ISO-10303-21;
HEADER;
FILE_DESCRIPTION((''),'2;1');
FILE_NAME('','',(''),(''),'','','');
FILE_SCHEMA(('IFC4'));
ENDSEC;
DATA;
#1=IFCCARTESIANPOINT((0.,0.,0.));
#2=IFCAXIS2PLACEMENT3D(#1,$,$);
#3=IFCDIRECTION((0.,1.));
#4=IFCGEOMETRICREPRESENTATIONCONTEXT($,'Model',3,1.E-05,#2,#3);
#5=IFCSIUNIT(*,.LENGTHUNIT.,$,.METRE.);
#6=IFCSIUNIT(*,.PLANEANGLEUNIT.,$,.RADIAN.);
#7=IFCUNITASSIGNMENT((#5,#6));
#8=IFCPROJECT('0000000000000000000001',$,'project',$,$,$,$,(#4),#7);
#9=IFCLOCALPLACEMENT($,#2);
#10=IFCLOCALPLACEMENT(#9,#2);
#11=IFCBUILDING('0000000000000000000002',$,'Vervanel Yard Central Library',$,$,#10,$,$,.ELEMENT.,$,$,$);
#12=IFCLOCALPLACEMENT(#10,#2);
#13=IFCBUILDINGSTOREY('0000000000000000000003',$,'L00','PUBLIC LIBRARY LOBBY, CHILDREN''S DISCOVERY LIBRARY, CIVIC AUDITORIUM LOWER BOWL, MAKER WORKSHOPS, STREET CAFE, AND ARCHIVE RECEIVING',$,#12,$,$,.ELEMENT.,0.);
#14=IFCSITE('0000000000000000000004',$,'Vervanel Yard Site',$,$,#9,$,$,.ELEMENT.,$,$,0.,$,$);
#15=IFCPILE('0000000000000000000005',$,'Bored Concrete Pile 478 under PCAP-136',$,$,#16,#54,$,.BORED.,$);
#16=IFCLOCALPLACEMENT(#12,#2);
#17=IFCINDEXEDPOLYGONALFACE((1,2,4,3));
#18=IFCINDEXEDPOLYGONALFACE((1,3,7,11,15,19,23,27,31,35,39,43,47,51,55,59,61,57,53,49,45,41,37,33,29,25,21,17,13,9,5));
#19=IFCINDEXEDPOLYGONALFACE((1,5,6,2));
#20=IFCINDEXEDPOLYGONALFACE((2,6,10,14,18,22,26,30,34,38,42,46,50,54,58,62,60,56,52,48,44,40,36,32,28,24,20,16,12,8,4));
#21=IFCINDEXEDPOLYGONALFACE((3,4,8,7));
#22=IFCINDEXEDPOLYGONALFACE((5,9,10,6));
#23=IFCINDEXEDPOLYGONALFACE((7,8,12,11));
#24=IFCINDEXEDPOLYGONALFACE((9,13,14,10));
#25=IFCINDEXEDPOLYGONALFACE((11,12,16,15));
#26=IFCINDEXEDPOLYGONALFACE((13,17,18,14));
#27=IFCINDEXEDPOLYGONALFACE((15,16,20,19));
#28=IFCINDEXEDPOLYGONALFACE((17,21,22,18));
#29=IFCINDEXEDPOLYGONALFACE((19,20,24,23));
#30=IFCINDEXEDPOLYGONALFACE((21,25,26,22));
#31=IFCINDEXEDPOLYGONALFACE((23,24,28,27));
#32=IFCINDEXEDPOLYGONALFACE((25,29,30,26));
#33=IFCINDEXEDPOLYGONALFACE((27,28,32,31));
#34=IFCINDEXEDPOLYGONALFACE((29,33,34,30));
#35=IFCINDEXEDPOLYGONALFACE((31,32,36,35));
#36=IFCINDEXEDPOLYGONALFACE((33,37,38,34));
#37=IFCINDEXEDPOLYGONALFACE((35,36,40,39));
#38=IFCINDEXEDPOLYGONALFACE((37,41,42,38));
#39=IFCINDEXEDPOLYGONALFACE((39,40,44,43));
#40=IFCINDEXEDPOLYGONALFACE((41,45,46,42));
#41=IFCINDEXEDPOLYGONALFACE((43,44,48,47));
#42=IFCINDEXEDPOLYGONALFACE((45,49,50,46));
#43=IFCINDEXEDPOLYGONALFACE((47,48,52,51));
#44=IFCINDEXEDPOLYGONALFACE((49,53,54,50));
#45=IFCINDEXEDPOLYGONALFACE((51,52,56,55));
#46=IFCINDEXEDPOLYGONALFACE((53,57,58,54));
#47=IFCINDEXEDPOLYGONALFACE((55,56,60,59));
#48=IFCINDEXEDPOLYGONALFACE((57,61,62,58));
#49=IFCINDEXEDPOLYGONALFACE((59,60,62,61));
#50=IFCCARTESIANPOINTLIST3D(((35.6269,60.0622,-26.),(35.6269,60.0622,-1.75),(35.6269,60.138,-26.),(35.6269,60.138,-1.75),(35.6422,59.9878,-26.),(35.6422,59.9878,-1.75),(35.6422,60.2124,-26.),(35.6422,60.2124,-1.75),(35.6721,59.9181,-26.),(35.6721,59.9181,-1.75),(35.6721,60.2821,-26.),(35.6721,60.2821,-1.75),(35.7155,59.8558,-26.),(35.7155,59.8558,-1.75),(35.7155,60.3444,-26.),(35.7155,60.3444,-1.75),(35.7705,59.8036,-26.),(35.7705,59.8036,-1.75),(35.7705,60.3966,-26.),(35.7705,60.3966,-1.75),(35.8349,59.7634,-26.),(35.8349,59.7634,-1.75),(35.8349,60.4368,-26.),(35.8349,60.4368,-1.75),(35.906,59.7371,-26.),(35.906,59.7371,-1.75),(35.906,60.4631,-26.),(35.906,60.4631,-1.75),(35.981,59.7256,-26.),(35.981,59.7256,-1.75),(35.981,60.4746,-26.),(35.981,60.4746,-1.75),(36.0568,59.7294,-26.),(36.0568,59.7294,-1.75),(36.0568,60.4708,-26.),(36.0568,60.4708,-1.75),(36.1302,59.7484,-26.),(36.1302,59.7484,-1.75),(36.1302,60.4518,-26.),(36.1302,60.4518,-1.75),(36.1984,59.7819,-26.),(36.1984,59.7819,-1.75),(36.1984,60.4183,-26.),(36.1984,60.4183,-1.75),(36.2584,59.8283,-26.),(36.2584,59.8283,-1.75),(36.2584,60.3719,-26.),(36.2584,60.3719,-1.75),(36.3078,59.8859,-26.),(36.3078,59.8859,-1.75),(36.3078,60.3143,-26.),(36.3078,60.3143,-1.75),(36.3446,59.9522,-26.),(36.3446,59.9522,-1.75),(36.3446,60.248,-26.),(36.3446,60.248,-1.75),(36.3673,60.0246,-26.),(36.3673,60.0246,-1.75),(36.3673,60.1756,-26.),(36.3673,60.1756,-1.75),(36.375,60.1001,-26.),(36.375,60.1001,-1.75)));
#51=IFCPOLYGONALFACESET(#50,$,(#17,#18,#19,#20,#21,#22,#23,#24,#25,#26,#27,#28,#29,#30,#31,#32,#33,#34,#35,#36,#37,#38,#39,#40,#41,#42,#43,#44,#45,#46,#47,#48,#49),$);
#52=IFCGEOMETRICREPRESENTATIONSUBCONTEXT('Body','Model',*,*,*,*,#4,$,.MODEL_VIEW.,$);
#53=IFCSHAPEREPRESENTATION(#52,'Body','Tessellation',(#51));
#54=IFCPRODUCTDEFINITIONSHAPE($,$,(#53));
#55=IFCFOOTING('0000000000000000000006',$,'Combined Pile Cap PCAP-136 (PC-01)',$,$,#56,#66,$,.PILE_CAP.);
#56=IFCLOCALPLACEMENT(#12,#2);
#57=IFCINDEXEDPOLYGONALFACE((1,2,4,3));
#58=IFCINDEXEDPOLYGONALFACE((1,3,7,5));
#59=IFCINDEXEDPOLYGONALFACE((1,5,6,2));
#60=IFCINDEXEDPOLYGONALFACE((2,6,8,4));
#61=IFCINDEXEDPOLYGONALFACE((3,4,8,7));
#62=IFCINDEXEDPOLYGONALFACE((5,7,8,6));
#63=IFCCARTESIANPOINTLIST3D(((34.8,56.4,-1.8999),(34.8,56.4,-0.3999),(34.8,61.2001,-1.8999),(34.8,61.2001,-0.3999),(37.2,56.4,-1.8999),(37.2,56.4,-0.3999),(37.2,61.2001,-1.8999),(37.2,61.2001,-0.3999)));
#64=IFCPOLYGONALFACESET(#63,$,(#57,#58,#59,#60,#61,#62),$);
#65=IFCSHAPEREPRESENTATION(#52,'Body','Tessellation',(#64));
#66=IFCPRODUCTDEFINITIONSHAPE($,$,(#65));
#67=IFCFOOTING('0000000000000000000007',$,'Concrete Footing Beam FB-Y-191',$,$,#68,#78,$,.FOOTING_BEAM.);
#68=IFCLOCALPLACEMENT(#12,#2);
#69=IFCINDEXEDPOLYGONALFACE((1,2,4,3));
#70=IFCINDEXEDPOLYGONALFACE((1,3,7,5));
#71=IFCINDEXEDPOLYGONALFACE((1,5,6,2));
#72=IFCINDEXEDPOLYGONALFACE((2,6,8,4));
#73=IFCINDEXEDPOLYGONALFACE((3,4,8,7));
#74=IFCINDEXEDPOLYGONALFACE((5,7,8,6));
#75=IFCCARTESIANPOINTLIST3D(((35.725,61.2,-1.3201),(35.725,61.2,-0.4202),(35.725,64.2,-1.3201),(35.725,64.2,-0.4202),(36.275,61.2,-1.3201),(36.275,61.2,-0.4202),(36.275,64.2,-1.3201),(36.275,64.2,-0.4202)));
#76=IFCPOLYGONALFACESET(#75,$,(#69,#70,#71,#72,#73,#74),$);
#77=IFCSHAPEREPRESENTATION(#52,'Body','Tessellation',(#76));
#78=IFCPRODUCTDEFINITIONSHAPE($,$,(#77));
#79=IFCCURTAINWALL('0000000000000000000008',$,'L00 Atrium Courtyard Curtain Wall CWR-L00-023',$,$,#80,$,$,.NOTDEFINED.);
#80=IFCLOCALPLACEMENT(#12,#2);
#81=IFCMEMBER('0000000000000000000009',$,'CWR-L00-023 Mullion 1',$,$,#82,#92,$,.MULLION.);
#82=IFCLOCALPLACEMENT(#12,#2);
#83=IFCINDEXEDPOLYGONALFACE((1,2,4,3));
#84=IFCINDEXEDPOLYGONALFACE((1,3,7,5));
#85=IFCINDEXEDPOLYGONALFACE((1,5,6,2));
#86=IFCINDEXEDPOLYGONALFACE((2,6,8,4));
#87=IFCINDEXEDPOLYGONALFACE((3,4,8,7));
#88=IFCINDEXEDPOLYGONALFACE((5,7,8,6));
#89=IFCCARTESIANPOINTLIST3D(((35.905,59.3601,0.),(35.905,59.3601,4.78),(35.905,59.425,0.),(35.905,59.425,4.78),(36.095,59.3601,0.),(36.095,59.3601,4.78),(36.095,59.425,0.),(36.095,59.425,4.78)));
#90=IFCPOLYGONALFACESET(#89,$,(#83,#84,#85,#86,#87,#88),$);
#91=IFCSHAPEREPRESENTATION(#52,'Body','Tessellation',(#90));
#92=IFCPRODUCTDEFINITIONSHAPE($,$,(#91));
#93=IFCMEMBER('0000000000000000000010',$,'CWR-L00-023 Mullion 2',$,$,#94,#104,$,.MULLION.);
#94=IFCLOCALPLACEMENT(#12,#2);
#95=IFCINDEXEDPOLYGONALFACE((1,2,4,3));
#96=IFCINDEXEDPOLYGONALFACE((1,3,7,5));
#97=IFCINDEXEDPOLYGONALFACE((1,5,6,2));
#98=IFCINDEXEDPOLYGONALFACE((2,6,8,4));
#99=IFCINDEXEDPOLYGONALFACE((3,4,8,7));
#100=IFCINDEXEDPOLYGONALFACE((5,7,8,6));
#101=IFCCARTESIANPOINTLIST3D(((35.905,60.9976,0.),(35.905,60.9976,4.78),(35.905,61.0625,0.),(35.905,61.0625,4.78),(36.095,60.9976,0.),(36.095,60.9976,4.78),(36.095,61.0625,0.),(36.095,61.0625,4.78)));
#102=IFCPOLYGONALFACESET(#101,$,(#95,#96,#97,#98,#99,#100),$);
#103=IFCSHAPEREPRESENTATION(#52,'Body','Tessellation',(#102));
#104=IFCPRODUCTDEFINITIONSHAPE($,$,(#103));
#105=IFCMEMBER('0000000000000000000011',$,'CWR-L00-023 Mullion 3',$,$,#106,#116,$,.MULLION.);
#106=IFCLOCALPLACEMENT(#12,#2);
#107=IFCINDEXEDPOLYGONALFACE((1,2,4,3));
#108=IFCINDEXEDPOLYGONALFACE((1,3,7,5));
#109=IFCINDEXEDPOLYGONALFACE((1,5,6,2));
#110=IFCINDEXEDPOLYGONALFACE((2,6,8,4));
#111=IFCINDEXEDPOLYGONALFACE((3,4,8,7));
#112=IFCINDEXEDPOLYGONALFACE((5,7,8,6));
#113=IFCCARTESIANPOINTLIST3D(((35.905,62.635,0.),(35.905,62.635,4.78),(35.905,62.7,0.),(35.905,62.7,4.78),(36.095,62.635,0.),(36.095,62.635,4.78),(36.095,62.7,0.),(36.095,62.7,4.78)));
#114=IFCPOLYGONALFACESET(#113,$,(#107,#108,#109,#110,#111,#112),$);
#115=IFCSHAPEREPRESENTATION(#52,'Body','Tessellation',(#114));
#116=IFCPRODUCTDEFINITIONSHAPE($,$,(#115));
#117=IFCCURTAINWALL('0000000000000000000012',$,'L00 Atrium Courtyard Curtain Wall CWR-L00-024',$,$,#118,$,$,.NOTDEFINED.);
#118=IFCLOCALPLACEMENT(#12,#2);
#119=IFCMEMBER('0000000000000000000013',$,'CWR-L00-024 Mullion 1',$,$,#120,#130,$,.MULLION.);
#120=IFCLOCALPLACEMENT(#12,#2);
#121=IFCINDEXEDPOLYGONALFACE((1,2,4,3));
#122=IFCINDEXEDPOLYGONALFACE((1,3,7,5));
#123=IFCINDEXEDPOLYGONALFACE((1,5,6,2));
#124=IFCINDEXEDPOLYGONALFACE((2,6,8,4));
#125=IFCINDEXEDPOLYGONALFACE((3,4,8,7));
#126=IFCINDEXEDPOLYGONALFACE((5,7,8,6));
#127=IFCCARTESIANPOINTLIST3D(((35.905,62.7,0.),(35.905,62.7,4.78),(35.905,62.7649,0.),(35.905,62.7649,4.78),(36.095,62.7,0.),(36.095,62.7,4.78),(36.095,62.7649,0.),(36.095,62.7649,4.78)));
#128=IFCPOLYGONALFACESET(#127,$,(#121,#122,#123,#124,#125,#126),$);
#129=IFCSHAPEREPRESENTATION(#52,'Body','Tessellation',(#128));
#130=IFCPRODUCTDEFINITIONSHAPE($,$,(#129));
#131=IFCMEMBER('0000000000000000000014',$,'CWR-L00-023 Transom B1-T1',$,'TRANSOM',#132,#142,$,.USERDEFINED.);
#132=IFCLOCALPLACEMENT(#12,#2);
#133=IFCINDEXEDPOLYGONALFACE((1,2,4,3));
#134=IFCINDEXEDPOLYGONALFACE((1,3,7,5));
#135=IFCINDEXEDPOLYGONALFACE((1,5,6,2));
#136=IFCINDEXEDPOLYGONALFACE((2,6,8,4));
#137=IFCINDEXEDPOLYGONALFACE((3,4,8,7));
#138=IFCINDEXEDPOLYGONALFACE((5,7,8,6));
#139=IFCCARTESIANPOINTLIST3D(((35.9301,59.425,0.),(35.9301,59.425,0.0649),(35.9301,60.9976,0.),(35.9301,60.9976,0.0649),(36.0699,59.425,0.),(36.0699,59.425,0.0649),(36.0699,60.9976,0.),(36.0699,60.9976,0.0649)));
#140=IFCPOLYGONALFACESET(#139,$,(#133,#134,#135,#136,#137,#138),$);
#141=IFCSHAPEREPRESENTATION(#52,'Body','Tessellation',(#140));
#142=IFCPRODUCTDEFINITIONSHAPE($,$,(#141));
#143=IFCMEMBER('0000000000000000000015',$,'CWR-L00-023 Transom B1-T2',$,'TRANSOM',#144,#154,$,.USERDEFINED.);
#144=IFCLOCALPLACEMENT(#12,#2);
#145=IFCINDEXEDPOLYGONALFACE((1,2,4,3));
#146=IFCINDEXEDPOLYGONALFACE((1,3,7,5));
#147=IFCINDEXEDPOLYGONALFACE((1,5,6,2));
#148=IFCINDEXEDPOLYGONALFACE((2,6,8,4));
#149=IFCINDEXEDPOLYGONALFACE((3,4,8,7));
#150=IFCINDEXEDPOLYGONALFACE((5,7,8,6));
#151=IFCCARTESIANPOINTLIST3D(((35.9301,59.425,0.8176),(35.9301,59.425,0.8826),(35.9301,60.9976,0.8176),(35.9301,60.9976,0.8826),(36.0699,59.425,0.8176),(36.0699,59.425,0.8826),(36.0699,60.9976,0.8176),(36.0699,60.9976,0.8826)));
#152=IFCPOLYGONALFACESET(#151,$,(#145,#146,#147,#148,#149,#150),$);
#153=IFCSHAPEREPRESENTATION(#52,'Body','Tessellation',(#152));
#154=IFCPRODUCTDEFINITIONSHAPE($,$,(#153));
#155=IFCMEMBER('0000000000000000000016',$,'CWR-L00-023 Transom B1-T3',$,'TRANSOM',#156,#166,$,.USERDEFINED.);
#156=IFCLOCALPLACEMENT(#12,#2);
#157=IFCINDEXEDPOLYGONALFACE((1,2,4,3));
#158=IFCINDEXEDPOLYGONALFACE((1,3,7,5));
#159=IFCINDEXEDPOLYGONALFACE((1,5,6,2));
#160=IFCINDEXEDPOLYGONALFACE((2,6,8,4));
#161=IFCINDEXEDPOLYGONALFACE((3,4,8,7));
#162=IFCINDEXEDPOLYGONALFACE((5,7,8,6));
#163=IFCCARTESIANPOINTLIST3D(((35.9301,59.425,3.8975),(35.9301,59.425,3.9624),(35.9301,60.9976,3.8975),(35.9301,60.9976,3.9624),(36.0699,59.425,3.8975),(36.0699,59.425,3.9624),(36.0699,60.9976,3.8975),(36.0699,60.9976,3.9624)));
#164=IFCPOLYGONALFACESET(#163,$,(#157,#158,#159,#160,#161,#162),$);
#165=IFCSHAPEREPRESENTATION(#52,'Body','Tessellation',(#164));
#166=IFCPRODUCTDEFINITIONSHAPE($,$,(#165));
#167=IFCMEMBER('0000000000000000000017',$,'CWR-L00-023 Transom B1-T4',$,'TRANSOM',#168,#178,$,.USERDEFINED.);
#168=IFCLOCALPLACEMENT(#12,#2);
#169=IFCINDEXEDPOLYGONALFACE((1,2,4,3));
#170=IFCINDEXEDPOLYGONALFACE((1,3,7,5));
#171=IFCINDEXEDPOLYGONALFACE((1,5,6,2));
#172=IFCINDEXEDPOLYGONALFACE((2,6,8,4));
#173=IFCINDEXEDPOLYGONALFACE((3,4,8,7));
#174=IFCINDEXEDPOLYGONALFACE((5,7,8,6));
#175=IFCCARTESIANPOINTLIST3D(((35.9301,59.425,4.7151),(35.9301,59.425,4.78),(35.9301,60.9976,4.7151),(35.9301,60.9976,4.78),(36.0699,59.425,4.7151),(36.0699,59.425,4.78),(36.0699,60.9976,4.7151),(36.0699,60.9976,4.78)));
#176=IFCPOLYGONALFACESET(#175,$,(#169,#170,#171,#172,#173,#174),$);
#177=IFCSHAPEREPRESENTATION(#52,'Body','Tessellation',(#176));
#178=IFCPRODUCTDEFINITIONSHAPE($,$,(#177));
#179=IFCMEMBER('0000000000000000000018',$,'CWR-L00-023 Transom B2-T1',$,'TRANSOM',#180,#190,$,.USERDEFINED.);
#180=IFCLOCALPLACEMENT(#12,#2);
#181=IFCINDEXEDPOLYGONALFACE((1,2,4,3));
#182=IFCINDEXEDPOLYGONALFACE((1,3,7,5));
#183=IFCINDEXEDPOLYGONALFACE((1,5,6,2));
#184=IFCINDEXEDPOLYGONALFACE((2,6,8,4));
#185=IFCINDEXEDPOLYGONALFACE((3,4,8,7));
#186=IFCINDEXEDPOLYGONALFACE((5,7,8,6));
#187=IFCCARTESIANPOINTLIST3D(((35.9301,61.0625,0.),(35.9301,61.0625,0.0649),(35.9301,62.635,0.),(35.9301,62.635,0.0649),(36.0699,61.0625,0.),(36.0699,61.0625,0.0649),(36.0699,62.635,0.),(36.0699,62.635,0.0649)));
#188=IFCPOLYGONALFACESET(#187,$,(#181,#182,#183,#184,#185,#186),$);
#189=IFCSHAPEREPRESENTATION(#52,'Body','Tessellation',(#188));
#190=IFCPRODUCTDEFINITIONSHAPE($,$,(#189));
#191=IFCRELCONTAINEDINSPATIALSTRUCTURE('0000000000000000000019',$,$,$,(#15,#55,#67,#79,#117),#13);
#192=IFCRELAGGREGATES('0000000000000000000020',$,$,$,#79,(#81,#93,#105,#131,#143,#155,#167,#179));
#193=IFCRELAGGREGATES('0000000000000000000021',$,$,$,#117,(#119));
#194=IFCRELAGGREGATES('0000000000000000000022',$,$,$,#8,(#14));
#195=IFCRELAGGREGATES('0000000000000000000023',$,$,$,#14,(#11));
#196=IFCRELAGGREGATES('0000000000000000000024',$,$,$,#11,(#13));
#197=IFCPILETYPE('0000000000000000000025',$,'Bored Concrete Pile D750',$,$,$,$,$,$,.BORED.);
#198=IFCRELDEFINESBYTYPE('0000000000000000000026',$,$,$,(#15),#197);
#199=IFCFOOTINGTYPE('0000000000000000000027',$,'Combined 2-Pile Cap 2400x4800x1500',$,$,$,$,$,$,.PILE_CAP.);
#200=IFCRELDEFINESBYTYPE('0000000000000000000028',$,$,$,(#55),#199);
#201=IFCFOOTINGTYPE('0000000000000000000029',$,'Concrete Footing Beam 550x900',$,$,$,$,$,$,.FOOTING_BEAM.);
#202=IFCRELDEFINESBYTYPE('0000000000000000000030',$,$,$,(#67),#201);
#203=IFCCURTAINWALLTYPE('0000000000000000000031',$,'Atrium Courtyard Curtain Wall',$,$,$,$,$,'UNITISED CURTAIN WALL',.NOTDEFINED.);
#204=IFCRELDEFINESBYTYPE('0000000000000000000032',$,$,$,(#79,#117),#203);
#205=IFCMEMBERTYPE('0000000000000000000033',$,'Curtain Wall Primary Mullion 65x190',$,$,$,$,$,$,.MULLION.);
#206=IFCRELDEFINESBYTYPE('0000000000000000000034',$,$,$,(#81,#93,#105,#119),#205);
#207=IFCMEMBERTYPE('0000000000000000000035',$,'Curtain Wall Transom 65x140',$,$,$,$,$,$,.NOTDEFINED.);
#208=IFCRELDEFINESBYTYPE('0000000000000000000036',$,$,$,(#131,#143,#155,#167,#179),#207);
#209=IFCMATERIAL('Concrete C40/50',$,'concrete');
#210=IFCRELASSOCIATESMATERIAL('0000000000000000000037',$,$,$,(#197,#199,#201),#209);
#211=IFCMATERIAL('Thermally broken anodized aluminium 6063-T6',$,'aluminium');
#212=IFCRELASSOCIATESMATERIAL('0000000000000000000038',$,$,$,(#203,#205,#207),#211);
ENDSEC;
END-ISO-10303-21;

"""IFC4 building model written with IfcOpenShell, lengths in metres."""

from ifc_helpers import new_model, si_unit, direction, frame, origin, origin_2d, place, context, subcontext, project, spatial, rectangle, circle, extrude, material, material_profile, profile_set, type_object, element, aggregate, save


model = new_model("IFC4")

# Units and contexts
model_context = context("Model", 3, precision=1e-05, world=origin(), true_north=direction((0.0, 1.0)))
body_context = subcontext(model_context, "Body", "Model", "MODEL_VIEW")
ifc_project = project(units=[si_unit("LENGTHUNIT", "METRE"), si_unit("PLANEANGLEUNIT", "RADIAN")], contexts=[model_context])

# Site, building, storey
site_placement = place(None, origin())
site = spatial("IfcSite", under=ifc_project, at=site_placement, Name="Vervanel Yard Site", CompositionType="ELEMENT", RefElevation=0.0)
building_placement = place(site_placement, origin())
building = spatial("IfcBuilding", under=site, at=building_placement, Name="Vervanel Yard Central Library", CompositionType="ELEMENT")
storey_placement = place(building_placement, origin())
storey = spatial("IfcBuildingStorey", under=building, at=storey_placement, Name="L00", Description="PUBLIC LIBRARY LOBBY, CHILDREN'S DISCOVERY LIBRARY, CIVIC AUDITORIUM LOWER BOWL, MAKER WORKSHOPS, STREET CAFE, AND ARCHIVE RECEIVING", CompositionType="ELEMENT", Elevation=0.0)

# Pile
ifc_material_1 = material(Name="Concrete C40/50", Category="concrete")
ifc_material_profile_1 = material_profile(ifc_material_1, circle(Radius=0.375, at=origin_2d()), Name="BP D750", Category="concrete")
ifc_profile_set_1 = profile_set([ifc_material_profile_1], Name="Concrete C40/50")
pile_type = type_object("IfcPileType", Name="Bored Concrete Pile D750", PredefinedType="BORED", material=ifc_profile_set_1)
pile_placement = place(storey_placement, frame((36.0, 60.1001, -1.75), z_axis=(0.0, 0.0, -1.0), x_axis=(1.0, 0.0, 0.0)))
element("IfcPile", 1, at=pile_placement, inside=storey, type_object=pile_type, Name="Bored Concrete Pile 478 under PCAP-136", PredefinedType="BORED", context=body_context, shape_type="SweptSolid", body=[
    extrude(circle(Radius=0.375, at=origin_2d()), origin(), (0.0, 0.0, 1.0), 24.25),
])

# Footings
footing_type_1 = type_object("IfcFootingType", Name="Combined 2-Pile Cap 2400x4800x1500", PredefinedType="PILE_CAP", material=ifc_material_1)
footing_1_placement = place(storey_placement, frame((36.0, 58.8, -1.8999), z_axis=(0.0, 0.0, 1.0), x_axis=(1.0, 0.0, 0.0)))
element("IfcFooting", 2, at=footing_1_placement, inside=storey, type_object=footing_type_1, Name="Combined Pile Cap PCAP-136 (PC-01)", PredefinedType="PILE_CAP", context=body_context, shape_type="SweptSolid", body=[
    extrude(rectangle(XDim=2.3999, YDim=4.8, at=origin_2d()), origin(), (0.0, 0.0, 1.0), 1.5),
])
ifc_material_profile_2 = material_profile(ifc_material_1, rectangle(XDim=0.55, YDim=0.8999, at=origin_2d()), Name="RC 550x900", Category="concrete")
ifc_profile_set_2 = profile_set([ifc_material_profile_2], Name="Concrete C40/50")
footing_type_2 = type_object("IfcFootingType", Name="Concrete Footing Beam 550x900", PredefinedType="FOOTING_BEAM", material=ifc_profile_set_2)
footing_2_placement = place(storey_placement, frame((36.0, 61.2, -0.8701), z_axis=(0.0, 1.0, 0.0), x_axis=(-1.0, 0.0, 0.0)))
element("IfcFooting", 3, at=footing_2_placement, inside=storey, type_object=footing_type_2, Name="Concrete Footing Beam FB-Y-191", PredefinedType="FOOTING_BEAM", context=body_context, shape_type="SweptSolid", body=[
    extrude(rectangle(XDim=0.55, YDim=0.8999, at=origin_2d()), origin(), (0.0, 0.0, 1.0), 3.0),
])

# Curtain wall, members
ifc_material_2 = material(Name="Thermally broken anodized aluminium 6063-T6", Category="aluminium")
curtain_wall_type = type_object("IfcCurtainWallType", Name="Atrium Courtyard Curtain Wall", ElementType="UNITISED CURTAIN WALL", PredefinedType="NOTDEFINED", material=ifc_material_2)
curtain_wall_1_placement = place(storey_placement, origin())
curtain_wall_1 = element("IfcCurtainWall", 4, at=curtain_wall_1_placement, inside=storey, type_object=curtain_wall_type, Name="L00 Atrium Courtyard Curtain Wall CWR-L00-023", PredefinedType="NOTDEFINED")
ifc_material_profile_3 = material_profile(ifc_material_2, rectangle(XDim=0.0649, YDim=0.1899, at=origin_2d()), Name="ALU 65x190", Category="aluminium")
ifc_profile_set_3 = profile_set([ifc_material_profile_3], Name="Thermally broken anodized aluminium 6063-T6")
member_type_1 = type_object("IfcMemberType", Name="Curtain Wall Primary Mullion 65x190", PredefinedType="MULLION", material=ifc_profile_set_3)
member_1_placement = place(storey_placement, frame((36.0, 59.3926, 0.0), z_axis=(0.0, 0.0, 1.0), x_axis=(0.0, 1.0, 0.0)))
member_1 = element("IfcMember", 5, at=member_1_placement, type_object=member_type_1, Name="CWR-L00-023 Mullion 1", PredefinedType="MULLION", context=body_context, shape_type="SweptSolid", body=[
    extrude(rectangle(XDim=0.0649, YDim=0.1899, at=origin_2d()), origin(), (0.0, 0.0, 1.0), 4.78),
])
member_2_placement = place(storey_placement, frame((36.0, 61.03, 0.0), z_axis=(0.0, 0.0, 1.0), x_axis=(0.0, 1.0, 0.0)))
member_2 = element("IfcMember", 6, at=member_2_placement, type_object=member_type_1, Name="CWR-L00-023 Mullion 2", PredefinedType="MULLION", context=body_context, shape_type="SweptSolid", body=[
    extrude(rectangle(XDim=0.0649, YDim=0.1899, at=origin_2d()), origin(), (0.0, 0.0, 1.0), 4.78),
])
member_3_placement = place(storey_placement, frame((36.0, 62.6675, 0.0), z_axis=(0.0, 0.0, 1.0), x_axis=(0.0, 1.0, 0.0)))
member_3 = element("IfcMember", 7, at=member_3_placement, type_object=member_type_1, Name="CWR-L00-023 Mullion 3", PredefinedType="MULLION", context=body_context, shape_type="SweptSolid", body=[
    extrude(rectangle(XDim=0.0649, YDim=0.1899, at=origin_2d()), origin(), (0.0, 0.0, 1.0), 4.78),
])

# Curtain wall, member
curtain_wall_2_placement = place(storey_placement, origin())
curtain_wall_2 = element("IfcCurtainWall", 8, at=curtain_wall_2_placement, inside=storey, type_object=curtain_wall_type, Name="L00 Atrium Courtyard Curtain Wall CWR-L00-024", PredefinedType="NOTDEFINED")
member_4_placement = place(storey_placement, frame((36.0, 62.7324, 0.0), z_axis=(0.0, 0.0, 1.0), x_axis=(0.0, 1.0, 0.0)))
member_4 = element("IfcMember", 9, at=member_4_placement, type_object=member_type_1, Name="CWR-L00-024 Mullion 1", PredefinedType="MULLION", context=body_context, shape_type="SweptSolid", body=[
    extrude(rectangle(XDim=0.0649, YDim=0.1899, at=origin_2d()), origin(), (0.0, 0.0, 1.0), 4.78),
])

# Members
ifc_material_profile_4 = material_profile(ifc_material_2, rectangle(XDim=0.0649, YDim=0.1399, at=origin_2d()), Name="ALU 65x140", Category="aluminium")
ifc_profile_set_4 = profile_set([ifc_material_profile_4], Name="Thermally broken anodized aluminium 6063-T6")
member_type_2 = type_object("IfcMemberType", Name="Curtain Wall Transom 65x140", PredefinedType="NOTDEFINED", material=ifc_profile_set_4)
member_5_placement = place(storey_placement, frame((36.0, 59.425, 0.0325), z_axis=(0.0, 1.0, 0.0), x_axis=(0.0, 0.0, 1.0)))
member_5 = element("IfcMember", 10, at=member_5_placement, type_object=member_type_2, Name="CWR-L00-023 Transom B1-T1", ObjectType="TRANSOM", PredefinedType="USERDEFINED", context=body_context, shape_type="SweptSolid", body=[
    extrude(rectangle(XDim=0.0649, YDim=0.1399, at=origin_2d()), origin(), (0.0, 0.0, 1.0), 1.5725),
])
member_6_placement = place(storey_placement, frame((36.0, 59.425, 0.8501), z_axis=(0.0, 1.0, 0.0), x_axis=(0.0, 0.0, 1.0)))
member_6 = element("IfcMember", 11, at=member_6_placement, type_object=member_type_2, Name="CWR-L00-023 Transom B1-T2", ObjectType="TRANSOM", PredefinedType="USERDEFINED", context=body_context, shape_type="SweptSolid", body=[
    extrude(rectangle(XDim=0.0649, YDim=0.1399, at=origin_2d()), origin(), (0.0, 0.0, 1.0), 1.5725),
])
member_7_placement = place(storey_placement, frame((36.0, 59.425, 3.9299), z_axis=(0.0, 1.0, 0.0), x_axis=(0.0, 0.0, 1.0)))
member_7 = element("IfcMember", 12, at=member_7_placement, type_object=member_type_2, Name="CWR-L00-023 Transom B1-T3", ObjectType="TRANSOM", PredefinedType="USERDEFINED", context=body_context, shape_type="SweptSolid", body=[
    extrude(rectangle(XDim=0.0649, YDim=0.1399, at=origin_2d()), origin(), (0.0, 0.0, 1.0), 1.5725),
])
member_8_placement = place(storey_placement, frame((36.0, 59.425, 4.7476), z_axis=(0.0, 1.0, 0.0), x_axis=(0.0, 0.0, 1.0)))
member_8 = element("IfcMember", 13, at=member_8_placement, type_object=member_type_2, Name="CWR-L00-023 Transom B1-T4", ObjectType="TRANSOM", PredefinedType="USERDEFINED", context=body_context, shape_type="SweptSolid", body=[
    extrude(rectangle(XDim=0.0649, YDim=0.1399, at=origin_2d()), origin(), (0.0, 0.0, 1.0), 1.5725),
])
member_9_placement = place(storey_placement, frame((36.0, 61.0625, 0.0325), z_axis=(0.0, 1.0, 0.0), x_axis=(0.0, 0.0, 1.0)))
member_9 = element("IfcMember", 14, at=member_9_placement, type_object=member_type_2, Name="CWR-L00-023 Transom B2-T1", ObjectType="TRANSOM", PredefinedType="USERDEFINED", context=body_context, shape_type="SweptSolid", body=[
    extrude(rectangle(XDim=0.0649, YDim=0.1399, at=origin_2d()), origin(), (0.0, 0.0, 1.0), 1.5725),
])

aggregate(curtain_wall_1, [member_1, member_2, member_3, member_5, member_6, member_7, member_8, member_9])
aggregate(curtain_wall_2, [member_4])

save(model, "model.ifc")
